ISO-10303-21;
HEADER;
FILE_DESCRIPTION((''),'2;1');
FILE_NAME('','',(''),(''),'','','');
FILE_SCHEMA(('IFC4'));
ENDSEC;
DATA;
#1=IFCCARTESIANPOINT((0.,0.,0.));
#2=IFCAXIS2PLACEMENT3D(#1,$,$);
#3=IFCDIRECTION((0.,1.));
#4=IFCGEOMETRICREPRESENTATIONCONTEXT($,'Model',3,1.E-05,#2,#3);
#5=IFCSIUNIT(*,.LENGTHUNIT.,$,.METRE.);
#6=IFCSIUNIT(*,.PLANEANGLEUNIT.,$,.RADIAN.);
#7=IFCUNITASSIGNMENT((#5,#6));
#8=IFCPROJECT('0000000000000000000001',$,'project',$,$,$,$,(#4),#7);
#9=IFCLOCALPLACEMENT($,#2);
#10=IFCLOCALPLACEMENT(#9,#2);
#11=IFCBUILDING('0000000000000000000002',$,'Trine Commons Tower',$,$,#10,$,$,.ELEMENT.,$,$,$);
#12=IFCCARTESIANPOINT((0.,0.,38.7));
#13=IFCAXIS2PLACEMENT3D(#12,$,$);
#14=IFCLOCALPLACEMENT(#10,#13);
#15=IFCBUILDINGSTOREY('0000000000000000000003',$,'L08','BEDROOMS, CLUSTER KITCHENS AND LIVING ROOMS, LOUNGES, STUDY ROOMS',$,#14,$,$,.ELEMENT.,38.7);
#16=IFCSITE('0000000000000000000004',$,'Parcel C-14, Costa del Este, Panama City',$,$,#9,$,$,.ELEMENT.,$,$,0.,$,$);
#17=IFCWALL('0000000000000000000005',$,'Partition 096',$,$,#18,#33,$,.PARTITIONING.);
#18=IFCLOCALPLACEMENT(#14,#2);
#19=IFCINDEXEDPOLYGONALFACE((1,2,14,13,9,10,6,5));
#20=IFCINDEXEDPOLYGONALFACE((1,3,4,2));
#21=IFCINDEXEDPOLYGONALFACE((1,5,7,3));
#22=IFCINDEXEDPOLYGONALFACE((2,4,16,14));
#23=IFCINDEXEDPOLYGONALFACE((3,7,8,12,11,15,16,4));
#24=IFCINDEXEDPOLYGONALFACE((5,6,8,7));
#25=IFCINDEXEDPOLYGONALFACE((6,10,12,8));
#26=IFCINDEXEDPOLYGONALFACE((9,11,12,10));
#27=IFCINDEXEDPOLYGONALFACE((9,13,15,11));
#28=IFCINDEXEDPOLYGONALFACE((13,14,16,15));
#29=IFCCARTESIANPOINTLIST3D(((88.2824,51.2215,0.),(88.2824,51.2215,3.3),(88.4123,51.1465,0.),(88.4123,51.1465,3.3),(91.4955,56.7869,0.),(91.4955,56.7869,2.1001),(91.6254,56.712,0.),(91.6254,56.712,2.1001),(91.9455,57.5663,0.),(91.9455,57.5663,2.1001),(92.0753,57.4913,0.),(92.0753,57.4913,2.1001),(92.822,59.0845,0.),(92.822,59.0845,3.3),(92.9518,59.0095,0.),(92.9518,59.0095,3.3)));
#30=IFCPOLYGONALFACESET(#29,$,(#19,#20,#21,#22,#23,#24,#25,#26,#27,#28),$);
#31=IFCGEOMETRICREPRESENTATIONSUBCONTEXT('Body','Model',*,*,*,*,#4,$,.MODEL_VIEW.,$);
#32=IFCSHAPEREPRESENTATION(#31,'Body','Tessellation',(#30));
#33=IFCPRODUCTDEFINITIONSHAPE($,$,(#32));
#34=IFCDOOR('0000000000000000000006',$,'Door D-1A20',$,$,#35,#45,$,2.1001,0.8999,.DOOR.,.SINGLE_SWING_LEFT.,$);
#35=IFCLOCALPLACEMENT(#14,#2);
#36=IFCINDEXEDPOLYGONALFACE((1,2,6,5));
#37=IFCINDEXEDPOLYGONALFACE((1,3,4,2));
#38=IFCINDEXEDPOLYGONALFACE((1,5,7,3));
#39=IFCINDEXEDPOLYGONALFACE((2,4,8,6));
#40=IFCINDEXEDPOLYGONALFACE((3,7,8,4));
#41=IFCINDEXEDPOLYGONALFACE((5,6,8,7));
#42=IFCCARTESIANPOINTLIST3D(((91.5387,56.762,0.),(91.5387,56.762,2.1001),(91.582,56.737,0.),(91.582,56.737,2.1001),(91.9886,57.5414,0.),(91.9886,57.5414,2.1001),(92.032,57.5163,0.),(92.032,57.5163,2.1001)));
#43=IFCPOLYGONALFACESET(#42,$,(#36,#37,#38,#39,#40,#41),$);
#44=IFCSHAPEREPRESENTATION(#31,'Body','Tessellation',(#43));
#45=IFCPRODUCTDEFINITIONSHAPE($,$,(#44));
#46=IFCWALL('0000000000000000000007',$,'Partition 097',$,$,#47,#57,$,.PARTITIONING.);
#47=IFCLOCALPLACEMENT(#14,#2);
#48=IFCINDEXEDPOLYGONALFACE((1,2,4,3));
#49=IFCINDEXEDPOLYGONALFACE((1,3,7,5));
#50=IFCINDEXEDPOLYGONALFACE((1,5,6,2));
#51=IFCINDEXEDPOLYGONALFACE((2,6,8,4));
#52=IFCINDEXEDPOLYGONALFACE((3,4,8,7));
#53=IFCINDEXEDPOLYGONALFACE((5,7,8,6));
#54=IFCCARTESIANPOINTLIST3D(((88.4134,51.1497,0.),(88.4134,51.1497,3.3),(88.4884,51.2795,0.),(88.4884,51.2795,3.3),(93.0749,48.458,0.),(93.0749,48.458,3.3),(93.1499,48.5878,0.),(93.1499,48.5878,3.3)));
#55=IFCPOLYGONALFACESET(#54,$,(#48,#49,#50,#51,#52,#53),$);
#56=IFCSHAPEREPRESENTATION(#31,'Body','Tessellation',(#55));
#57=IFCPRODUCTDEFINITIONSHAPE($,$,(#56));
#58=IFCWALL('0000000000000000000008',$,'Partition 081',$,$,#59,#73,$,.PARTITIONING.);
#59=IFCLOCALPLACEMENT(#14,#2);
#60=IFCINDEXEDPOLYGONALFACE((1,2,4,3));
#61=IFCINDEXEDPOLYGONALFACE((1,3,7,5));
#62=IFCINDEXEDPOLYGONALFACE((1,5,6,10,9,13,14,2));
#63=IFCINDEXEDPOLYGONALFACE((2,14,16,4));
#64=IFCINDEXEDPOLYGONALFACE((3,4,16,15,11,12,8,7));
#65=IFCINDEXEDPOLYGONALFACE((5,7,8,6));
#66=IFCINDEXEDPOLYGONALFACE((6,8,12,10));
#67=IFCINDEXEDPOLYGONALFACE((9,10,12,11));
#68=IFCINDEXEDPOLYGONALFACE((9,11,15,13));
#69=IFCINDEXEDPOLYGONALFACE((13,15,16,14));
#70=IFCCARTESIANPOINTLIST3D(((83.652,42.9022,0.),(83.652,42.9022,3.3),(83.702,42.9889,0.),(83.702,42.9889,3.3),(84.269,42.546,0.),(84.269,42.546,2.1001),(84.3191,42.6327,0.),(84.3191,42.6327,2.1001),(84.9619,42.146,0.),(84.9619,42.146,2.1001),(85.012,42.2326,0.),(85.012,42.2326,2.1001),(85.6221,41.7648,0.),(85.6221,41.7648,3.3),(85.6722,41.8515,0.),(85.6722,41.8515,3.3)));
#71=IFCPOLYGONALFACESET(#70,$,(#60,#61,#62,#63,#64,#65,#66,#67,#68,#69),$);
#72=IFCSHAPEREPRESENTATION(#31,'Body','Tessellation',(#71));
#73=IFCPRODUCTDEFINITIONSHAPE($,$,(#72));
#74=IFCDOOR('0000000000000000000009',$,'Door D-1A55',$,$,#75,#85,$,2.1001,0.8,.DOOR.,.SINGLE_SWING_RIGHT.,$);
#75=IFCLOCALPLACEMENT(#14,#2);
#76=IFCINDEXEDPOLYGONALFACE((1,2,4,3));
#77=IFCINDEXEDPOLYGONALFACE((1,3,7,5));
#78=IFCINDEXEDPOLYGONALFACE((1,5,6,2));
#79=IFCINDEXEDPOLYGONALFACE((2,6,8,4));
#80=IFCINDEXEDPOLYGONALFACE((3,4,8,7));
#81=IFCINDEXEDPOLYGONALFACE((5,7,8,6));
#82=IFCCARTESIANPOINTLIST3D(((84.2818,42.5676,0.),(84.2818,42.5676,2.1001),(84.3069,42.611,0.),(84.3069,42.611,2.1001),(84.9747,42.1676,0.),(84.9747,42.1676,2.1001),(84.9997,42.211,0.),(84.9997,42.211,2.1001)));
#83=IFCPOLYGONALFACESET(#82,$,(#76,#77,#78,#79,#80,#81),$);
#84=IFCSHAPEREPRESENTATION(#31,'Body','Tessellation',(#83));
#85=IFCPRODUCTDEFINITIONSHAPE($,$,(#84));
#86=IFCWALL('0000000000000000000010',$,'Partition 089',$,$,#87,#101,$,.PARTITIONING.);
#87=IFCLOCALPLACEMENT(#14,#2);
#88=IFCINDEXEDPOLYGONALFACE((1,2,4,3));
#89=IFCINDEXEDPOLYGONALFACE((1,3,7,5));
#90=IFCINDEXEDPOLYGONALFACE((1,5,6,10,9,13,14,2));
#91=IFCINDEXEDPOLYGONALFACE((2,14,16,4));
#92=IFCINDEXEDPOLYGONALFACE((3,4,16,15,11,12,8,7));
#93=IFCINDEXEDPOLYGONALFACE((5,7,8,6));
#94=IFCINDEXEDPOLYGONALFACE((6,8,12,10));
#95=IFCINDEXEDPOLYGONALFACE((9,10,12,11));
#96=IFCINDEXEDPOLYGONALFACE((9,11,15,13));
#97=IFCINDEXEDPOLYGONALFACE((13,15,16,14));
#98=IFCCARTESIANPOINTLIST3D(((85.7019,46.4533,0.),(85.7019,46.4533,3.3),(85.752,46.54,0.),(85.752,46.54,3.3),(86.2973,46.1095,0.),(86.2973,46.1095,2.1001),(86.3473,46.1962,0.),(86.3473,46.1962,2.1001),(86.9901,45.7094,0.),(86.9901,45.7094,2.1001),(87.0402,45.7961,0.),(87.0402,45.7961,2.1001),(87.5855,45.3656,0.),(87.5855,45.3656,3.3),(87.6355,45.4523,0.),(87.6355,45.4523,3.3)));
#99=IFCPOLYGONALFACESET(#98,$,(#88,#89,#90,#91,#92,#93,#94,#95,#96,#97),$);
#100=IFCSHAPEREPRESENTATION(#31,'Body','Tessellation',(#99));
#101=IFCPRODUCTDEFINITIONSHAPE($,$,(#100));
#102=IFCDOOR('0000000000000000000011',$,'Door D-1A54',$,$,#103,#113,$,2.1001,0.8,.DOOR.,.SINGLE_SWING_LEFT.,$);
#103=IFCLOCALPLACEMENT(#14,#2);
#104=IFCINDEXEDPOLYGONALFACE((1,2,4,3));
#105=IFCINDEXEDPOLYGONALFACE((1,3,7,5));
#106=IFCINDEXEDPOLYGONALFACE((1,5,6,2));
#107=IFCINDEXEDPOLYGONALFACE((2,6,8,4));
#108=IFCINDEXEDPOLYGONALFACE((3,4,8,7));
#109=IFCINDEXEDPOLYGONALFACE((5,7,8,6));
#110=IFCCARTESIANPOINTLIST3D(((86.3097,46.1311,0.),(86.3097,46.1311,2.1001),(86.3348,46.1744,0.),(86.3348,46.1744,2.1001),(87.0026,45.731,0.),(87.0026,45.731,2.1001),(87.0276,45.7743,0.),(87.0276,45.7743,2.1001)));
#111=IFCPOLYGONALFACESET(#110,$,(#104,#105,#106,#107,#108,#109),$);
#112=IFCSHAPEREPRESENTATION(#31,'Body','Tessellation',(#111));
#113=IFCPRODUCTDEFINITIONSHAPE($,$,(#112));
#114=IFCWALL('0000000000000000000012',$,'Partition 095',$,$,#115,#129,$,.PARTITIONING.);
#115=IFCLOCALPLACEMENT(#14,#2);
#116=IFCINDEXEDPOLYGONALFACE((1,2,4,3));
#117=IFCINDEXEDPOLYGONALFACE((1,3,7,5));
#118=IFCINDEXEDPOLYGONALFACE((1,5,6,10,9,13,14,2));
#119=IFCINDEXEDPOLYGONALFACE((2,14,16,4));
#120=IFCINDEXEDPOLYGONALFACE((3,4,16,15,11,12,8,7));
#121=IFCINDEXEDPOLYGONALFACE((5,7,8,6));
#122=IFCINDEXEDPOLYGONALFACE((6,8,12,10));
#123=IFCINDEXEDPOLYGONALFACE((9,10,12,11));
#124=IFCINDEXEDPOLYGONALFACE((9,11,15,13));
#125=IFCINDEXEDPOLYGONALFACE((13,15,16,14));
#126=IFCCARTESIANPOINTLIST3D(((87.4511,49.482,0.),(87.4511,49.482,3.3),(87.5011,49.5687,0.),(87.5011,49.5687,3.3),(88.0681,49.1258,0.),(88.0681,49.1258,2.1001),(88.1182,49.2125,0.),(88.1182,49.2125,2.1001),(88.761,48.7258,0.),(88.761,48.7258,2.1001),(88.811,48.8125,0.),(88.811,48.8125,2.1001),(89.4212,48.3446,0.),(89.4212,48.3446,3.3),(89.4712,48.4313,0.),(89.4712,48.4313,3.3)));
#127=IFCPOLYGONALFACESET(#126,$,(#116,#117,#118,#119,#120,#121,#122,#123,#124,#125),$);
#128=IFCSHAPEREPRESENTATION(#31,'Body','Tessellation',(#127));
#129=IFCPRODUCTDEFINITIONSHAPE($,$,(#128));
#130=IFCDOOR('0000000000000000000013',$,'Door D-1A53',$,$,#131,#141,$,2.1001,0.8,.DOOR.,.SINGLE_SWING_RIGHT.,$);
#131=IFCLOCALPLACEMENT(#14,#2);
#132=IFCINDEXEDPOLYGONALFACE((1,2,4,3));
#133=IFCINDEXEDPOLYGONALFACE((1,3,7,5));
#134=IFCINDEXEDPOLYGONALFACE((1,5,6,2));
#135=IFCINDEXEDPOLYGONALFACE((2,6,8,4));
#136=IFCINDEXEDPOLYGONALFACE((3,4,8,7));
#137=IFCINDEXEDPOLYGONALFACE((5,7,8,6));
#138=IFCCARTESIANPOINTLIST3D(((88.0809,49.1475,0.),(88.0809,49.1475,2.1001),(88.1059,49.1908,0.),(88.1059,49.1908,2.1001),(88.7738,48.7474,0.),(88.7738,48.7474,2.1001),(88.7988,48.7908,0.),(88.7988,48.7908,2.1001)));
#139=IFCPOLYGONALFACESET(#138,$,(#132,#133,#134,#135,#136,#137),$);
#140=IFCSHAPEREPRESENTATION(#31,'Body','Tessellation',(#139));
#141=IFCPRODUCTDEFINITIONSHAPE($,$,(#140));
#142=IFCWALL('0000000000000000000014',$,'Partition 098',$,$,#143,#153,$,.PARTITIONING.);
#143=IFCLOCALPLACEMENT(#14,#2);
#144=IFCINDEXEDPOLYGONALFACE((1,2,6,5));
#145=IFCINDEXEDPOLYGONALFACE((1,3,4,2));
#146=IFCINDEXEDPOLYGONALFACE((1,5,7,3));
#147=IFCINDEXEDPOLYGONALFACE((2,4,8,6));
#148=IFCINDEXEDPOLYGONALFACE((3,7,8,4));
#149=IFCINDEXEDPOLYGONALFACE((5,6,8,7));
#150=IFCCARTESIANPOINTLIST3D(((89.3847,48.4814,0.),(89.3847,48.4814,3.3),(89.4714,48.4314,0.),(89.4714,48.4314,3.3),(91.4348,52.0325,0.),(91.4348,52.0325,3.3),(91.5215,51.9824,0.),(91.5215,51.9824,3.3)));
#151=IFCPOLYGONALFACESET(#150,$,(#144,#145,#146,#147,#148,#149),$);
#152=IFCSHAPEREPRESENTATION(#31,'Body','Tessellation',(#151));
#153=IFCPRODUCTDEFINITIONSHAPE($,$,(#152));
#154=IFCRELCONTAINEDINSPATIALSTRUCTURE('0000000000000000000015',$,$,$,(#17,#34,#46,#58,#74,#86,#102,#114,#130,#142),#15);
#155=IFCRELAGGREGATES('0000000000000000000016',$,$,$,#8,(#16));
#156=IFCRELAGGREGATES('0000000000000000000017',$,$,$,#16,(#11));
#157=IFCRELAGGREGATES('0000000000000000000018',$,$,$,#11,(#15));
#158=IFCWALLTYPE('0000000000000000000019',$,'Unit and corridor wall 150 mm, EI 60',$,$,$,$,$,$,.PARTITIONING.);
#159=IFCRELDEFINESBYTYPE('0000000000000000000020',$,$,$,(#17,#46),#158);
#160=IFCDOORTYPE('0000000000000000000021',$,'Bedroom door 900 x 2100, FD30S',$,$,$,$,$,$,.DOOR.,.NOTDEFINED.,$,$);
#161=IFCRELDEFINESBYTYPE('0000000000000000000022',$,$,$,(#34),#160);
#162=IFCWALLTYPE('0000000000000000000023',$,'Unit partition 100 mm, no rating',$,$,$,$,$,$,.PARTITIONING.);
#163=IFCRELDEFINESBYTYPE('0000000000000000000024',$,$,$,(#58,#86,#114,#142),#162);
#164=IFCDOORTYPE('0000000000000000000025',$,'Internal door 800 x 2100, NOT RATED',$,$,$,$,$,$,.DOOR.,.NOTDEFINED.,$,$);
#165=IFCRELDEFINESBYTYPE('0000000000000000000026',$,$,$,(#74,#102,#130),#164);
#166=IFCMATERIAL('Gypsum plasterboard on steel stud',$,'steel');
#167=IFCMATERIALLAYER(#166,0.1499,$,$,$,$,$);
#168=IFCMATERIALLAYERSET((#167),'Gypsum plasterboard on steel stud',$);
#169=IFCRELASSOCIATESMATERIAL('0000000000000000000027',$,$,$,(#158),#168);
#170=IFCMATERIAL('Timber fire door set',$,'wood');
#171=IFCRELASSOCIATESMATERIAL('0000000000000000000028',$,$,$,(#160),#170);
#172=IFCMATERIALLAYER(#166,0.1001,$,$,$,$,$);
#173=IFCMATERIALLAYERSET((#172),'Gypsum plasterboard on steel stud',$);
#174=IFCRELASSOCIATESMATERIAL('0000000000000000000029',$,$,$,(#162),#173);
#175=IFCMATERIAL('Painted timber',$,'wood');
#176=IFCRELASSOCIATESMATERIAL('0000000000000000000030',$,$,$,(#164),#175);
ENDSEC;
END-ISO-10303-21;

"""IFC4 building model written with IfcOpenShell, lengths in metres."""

from ifc_helpers import new_model, si_unit, direction, frame, frame_2d, origin, place, context, subcontext, project, spatial, rectangle, extrude, material, layer, layer_set, type_object, element, fill, save


model = new_model("IFC4")

# Units and contexts
model_context = context("Model", 3, precision=1e-05, world=origin(), true_north=direction((0.0, 1.0)))
body_context = subcontext(model_context, "Body", "Model", "MODEL_VIEW")
ifc_project = project(units=[si_unit("LENGTHUNIT", "METRE"), si_unit("PLANEANGLEUNIT", "RADIAN")], contexts=[model_context])

# Site, building, storey
site_placement = place(None, origin())
site = spatial("IfcSite", under=ifc_project, at=site_placement, Name="Parcel C-14, Costa del Este, Panama City", CompositionType="ELEMENT", RefElevation=0.0)
building_placement = place(site_placement, origin())
building = spatial("IfcBuilding", under=site, at=building_placement, Name="Trine Commons Tower", CompositionType="ELEMENT")
storey_placement = place(building_placement, frame((0.0, 0.0, 38.7)))
storey = spatial("IfcBuildingStorey", under=building, at=storey_placement, Name="L08", Description="BEDROOMS, CLUSTER KITCHENS AND LIVING ROOMS, LOUNGES, STUDY ROOMS", CompositionType="ELEMENT", Elevation=38.7)

# Shared definitions
ifc_material_1 = material(Name="Gypsum plasterboard on steel stud", Category="steel")
ifc_layer_1 = layer(ifc_material_1, 0.1499)
ifc_layer_set_1 = layer_set([ifc_layer_1], Name="Gypsum plasterboard on steel stud")
wall_type_1 = type_object("IfcWallType", Name="Unit and corridor wall 150 mm, EI 60", PredefinedType="PARTITIONING", material=ifc_layer_set_1)

# Shared definitions
ifc_material_2 = material(Name="Timber fire door set", Category="wood")

# Shared definitions
door_type_1 = type_object("IfcDoorType", Name="Bedroom door 900 x 2100, FD30S", OperationType="NOTDEFINED", PredefinedType="DOOR", material=ifc_material_2)

# Wall, opening, door
wall_1_placement = place(storey_placement, frame((88.3474, 51.1841, 0.0), z_axis=(0.0, 0.0, 1.0), x_axis=(0.499985, 0.866034, 0.0)))
wall_1 = element("IfcWall", 1, at=wall_1_placement, inside=storey, type_object=wall_type_1, Name="Partition 096", PredefinedType="PARTITIONING", context=body_context, shape_type="SweptSolid", body=[
    extrude(rectangle(XDim=9.0793, YDim=0.1499, at=frame_2d((4.5396, 0.0))), origin(), (0.0, 0.0, 1.0), 3.3),
])
opening_1_placement = place(wall_1_placement, frame((6.4263, 0.0, 0.0)))
opening_1 = element("IfcOpeningElement", 2, at=opening_1_placement, cuts=wall_1, PredefinedType="OPENING", context=body_context, shape_type="SweptSolid", body=[
    extrude(rectangle(XDim=0.8999, YDim=2.1001, at=frame_2d((0.45, 1.05))), frame((0.0, 0.085, 0.0), z_axis=(0.0, -1.0, 0.0), x_axis=(1.0, 0.0, 0.0)), (0.0, 0.0, 1.0), 0.1699),
])
door_1_placement = place(opening_1_placement, frame((0.8999, 0.0, 0.0), z_axis=(0.0, 0.0, 1.0), x_axis=(-1.0, 0.0, 0.0)))
door_1 = element("IfcDoor", 3, at=door_1_placement, inside=storey, type_object=door_type_1, Name="Door D-1A20", OperationType="SINGLE_SWING_LEFT", OverallHeight=2.1001, OverallWidth=0.8999, PredefinedType="DOOR", context=body_context, shape_type="SweptSolid", body=[
    extrude(rectangle(XDim=0.8999, YDim=2.1001, at=frame_2d((0.45, 1.05))), frame((0.0, 0.0249, 0.0), z_axis=(0.0, -1.0, 0.0), x_axis=(1.0, 0.0, 0.0)), (0.0, 0.0, 1.0), 0.05),
])
fill(opening_1, door_1)

# Wall
wall_2_placement = place(storey_placement, frame((88.4509, 51.2146, 0.0), z_axis=(0.0, 0.0, 1.0), x_axis=(0.865993, -0.500056, 0.0)))
element("IfcWall", 4, at=wall_2_placement, inside=storey, type_object=wall_type_1, Name="Partition 097", PredefinedType="PARTITIONING", context=body_context, shape_type="SweptSolid", body=[
    extrude(rectangle(XDim=5.3828, YDim=0.1499, at=frame_2d((2.6914, 0.0))), origin(), (0.0, 0.0, 1.0), 3.3),
])

# Walls, openings, doors
ifc_layer_2 = layer(ifc_material_1, 0.1001)
ifc_layer_set_2 = layer_set([ifc_layer_2], Name="Gypsum plasterboard on steel stud")
wall_type_2 = type_object("IfcWallType", Name="Unit partition 100 mm, no rating", PredefinedType="PARTITIONING", material=ifc_layer_set_2)
wall_3_placement = place(storey_placement, frame((83.677, 42.9456, 0.0), z_axis=(0.0, 0.0, 1.0), x_axis=(0.866035, -0.499983, 0.0)))
wall_3 = element("IfcWall", 5, at=wall_3_placement, inside=storey, type_object=wall_type_2, Name="Partition 081", PredefinedType="PARTITIONING", context=body_context, shape_type="SweptSolid", body=[
    extrude(rectangle(XDim=2.2749, YDim=0.1001, at=frame_2d((1.1375, 0.0))), origin(), (0.0, 0.0, 1.0), 3.3),
])
opening_2_placement = place(wall_3_placement, frame((0.7126, 0.0, 0.0)))
opening_2 = element("IfcOpeningElement", 6, at=opening_2_placement, cuts=wall_3, PredefinedType="OPENING", context=body_context, shape_type="SweptSolid", body=[
    extrude(rectangle(XDim=0.8, YDim=2.1001, at=frame_2d((0.3999, 1.05))), frame((0.0, 0.0601, 0.0), z_axis=(0.0, -1.0, 0.0), x_axis=(1.0, 0.0, 0.0)), (0.0, 0.0, 1.0), 0.1201),
])
ifc_material_3 = material(Name="Painted timber", Category="wood")
door_type_2 = type_object("IfcDoorType", Name="Internal door 800 x 2100, NOT RATED", OperationType="NOTDEFINED", PredefinedType="DOOR", material=ifc_material_3)
door_2_placement = place(opening_2_placement, frame((0.8, 0.0, 0.0), z_axis=(0.0, 0.0, 1.0), x_axis=(-1.0, 0.0, 0.0)))
door_2 = element("IfcDoor", 7, at=door_2_placement, inside=storey, type_object=door_type_2, Name="Door D-1A55", OperationType="SINGLE_SWING_RIGHT", OverallHeight=2.1001, OverallWidth=0.8, PredefinedType="DOOR", context=body_context, shape_type="SweptSolid", body=[
    extrude(rectangle(XDim=0.8, YDim=2.1001, at=frame_2d((0.3999, 1.05))), frame((0.0, 0.0249, 0.0), z_axis=(0.0, -1.0, 0.0), x_axis=(1.0, 0.0, 0.0)), (0.0, 0.0, 1.0), 0.05),
])
fill(opening_2, door_2)
wall_4_placement = place(storey_placement, frame((85.7271, 46.4966, 0.0), z_axis=(0.0, 0.0, 1.0), x_axis=(0.865989, -0.500063, 0.0)))
wall_4 = element("IfcWall", 8, at=wall_4_placement, inside=storey, type_object=wall_type_2, Name="Partition 089", PredefinedType="PARTITIONING", context=body_context, shape_type="SweptSolid", body=[
    extrude(rectangle(XDim=2.175, YDim=0.1001, at=frame_2d((1.0874, 0.0))), origin(), (0.0, 0.0, 1.0), 3.3),
])
opening_3_placement = place(wall_4_placement, frame((0.6875, 0.0, 0.0)))
opening_3 = element("IfcOpeningElement", 9, at=opening_3_placement, cuts=wall_4, PredefinedType="OPENING", context=body_context, shape_type="SweptSolid", body=[
    extrude(rectangle(XDim=0.8, YDim=2.1001, at=frame_2d((0.3999, 1.05))), frame((0.0, 0.0601, 0.0), z_axis=(0.0, -1.0, 0.0), x_axis=(1.0, 0.0, 0.0)), (0.0, 0.0, 1.0), 0.1201),
])
door_3_placement = place(opening_3_placement, origin())
door_3 = element("IfcDoor", 10, at=door_3_placement, inside=storey, type_object=door_type_2, Name="Door D-1A54", OperationType="SINGLE_SWING_LEFT", OverallHeight=2.1001, OverallWidth=0.8, PredefinedType="DOOR", context=body_context, shape_type="SweptSolid", body=[
    extrude(rectangle(XDim=0.8, YDim=2.1001, at=frame_2d((0.3999, 1.05))), frame((0.0, 0.0249, 0.0), z_axis=(0.0, -1.0, 0.0), x_axis=(1.0, 0.0, 0.0)), (0.0, 0.0, 1.0), 0.05),
])
fill(opening_3, door_3)
wall_5_placement = place(storey_placement, frame((87.4761, 49.5254, 0.0), z_axis=(0.0, 0.0, 1.0), x_axis=(0.866035, -0.499983, 0.0)))
wall_5 = element("IfcWall", 11, at=wall_5_placement, inside=storey, type_object=wall_type_2, Name="Partition 095", PredefinedType="PARTITIONING", context=body_context, shape_type="SweptSolid", body=[
    extrude(rectangle(XDim=2.2749, YDim=0.1001, at=frame_2d((1.1375, 0.0))), origin(), (0.0, 0.0, 1.0), 3.3),
])
opening_4_placement = place(wall_5_placement, frame((0.7126, 0.0, 0.0)))
opening_4 = element("IfcOpeningElement", 12, at=opening_4_placement, cuts=wall_5, PredefinedType="OPENING", context=body_context, shape_type="SweptSolid", body=[
    extrude(rectangle(XDim=0.8, YDim=2.1001, at=frame_2d((0.3999, 1.05))), frame((0.0, 0.0601, 0.0), z_axis=(0.0, -1.0, 0.0), x_axis=(1.0, 0.0, 0.0)), (0.0, 0.0, 1.0), 0.1201),
])
door_4_placement = place(opening_4_placement, frame((0.8, 0.0, 0.0), z_axis=(0.0, 0.0, 1.0), x_axis=(-1.0, 0.0, 0.0)))
door_4 = element("IfcDoor", 13, at=door_4_placement, inside=storey, type_object=door_type_2, Name="Door D-1A53", OperationType="SINGLE_SWING_RIGHT", OverallHeight=2.1001, OverallWidth=0.8, PredefinedType="DOOR", context=body_context, shape_type="SweptSolid", body=[
    extrude(rectangle(XDim=0.8, YDim=2.1001, at=frame_2d((0.3999, 1.05))), frame((0.0, 0.0249, 0.0), z_axis=(0.0, -1.0, 0.0), x_axis=(1.0, 0.0, 0.0)), (0.0, 0.0, 1.0), 0.05),
])
fill(opening_4, door_4)

# Wall
wall_6_placement = place(storey_placement, frame((89.428, 48.4563, 0.0), z_axis=(0.0, 0.0, 1.0), x_axis=(0.499975, 0.86604, 0.0)))
element("IfcWall", 14, at=wall_6_placement, inside=storey, type_object=wall_type_2, Name="Partition 098", PredefinedType="PARTITIONING", context=body_context, shape_type="SweptSolid", body=[
    extrude(rectangle(XDim=4.1003, YDim=0.1001, at=frame_2d((2.0503, 0.0))), origin(), (0.0, 0.0, 1.0), 3.3),
])

save(model, "model.ifc")
